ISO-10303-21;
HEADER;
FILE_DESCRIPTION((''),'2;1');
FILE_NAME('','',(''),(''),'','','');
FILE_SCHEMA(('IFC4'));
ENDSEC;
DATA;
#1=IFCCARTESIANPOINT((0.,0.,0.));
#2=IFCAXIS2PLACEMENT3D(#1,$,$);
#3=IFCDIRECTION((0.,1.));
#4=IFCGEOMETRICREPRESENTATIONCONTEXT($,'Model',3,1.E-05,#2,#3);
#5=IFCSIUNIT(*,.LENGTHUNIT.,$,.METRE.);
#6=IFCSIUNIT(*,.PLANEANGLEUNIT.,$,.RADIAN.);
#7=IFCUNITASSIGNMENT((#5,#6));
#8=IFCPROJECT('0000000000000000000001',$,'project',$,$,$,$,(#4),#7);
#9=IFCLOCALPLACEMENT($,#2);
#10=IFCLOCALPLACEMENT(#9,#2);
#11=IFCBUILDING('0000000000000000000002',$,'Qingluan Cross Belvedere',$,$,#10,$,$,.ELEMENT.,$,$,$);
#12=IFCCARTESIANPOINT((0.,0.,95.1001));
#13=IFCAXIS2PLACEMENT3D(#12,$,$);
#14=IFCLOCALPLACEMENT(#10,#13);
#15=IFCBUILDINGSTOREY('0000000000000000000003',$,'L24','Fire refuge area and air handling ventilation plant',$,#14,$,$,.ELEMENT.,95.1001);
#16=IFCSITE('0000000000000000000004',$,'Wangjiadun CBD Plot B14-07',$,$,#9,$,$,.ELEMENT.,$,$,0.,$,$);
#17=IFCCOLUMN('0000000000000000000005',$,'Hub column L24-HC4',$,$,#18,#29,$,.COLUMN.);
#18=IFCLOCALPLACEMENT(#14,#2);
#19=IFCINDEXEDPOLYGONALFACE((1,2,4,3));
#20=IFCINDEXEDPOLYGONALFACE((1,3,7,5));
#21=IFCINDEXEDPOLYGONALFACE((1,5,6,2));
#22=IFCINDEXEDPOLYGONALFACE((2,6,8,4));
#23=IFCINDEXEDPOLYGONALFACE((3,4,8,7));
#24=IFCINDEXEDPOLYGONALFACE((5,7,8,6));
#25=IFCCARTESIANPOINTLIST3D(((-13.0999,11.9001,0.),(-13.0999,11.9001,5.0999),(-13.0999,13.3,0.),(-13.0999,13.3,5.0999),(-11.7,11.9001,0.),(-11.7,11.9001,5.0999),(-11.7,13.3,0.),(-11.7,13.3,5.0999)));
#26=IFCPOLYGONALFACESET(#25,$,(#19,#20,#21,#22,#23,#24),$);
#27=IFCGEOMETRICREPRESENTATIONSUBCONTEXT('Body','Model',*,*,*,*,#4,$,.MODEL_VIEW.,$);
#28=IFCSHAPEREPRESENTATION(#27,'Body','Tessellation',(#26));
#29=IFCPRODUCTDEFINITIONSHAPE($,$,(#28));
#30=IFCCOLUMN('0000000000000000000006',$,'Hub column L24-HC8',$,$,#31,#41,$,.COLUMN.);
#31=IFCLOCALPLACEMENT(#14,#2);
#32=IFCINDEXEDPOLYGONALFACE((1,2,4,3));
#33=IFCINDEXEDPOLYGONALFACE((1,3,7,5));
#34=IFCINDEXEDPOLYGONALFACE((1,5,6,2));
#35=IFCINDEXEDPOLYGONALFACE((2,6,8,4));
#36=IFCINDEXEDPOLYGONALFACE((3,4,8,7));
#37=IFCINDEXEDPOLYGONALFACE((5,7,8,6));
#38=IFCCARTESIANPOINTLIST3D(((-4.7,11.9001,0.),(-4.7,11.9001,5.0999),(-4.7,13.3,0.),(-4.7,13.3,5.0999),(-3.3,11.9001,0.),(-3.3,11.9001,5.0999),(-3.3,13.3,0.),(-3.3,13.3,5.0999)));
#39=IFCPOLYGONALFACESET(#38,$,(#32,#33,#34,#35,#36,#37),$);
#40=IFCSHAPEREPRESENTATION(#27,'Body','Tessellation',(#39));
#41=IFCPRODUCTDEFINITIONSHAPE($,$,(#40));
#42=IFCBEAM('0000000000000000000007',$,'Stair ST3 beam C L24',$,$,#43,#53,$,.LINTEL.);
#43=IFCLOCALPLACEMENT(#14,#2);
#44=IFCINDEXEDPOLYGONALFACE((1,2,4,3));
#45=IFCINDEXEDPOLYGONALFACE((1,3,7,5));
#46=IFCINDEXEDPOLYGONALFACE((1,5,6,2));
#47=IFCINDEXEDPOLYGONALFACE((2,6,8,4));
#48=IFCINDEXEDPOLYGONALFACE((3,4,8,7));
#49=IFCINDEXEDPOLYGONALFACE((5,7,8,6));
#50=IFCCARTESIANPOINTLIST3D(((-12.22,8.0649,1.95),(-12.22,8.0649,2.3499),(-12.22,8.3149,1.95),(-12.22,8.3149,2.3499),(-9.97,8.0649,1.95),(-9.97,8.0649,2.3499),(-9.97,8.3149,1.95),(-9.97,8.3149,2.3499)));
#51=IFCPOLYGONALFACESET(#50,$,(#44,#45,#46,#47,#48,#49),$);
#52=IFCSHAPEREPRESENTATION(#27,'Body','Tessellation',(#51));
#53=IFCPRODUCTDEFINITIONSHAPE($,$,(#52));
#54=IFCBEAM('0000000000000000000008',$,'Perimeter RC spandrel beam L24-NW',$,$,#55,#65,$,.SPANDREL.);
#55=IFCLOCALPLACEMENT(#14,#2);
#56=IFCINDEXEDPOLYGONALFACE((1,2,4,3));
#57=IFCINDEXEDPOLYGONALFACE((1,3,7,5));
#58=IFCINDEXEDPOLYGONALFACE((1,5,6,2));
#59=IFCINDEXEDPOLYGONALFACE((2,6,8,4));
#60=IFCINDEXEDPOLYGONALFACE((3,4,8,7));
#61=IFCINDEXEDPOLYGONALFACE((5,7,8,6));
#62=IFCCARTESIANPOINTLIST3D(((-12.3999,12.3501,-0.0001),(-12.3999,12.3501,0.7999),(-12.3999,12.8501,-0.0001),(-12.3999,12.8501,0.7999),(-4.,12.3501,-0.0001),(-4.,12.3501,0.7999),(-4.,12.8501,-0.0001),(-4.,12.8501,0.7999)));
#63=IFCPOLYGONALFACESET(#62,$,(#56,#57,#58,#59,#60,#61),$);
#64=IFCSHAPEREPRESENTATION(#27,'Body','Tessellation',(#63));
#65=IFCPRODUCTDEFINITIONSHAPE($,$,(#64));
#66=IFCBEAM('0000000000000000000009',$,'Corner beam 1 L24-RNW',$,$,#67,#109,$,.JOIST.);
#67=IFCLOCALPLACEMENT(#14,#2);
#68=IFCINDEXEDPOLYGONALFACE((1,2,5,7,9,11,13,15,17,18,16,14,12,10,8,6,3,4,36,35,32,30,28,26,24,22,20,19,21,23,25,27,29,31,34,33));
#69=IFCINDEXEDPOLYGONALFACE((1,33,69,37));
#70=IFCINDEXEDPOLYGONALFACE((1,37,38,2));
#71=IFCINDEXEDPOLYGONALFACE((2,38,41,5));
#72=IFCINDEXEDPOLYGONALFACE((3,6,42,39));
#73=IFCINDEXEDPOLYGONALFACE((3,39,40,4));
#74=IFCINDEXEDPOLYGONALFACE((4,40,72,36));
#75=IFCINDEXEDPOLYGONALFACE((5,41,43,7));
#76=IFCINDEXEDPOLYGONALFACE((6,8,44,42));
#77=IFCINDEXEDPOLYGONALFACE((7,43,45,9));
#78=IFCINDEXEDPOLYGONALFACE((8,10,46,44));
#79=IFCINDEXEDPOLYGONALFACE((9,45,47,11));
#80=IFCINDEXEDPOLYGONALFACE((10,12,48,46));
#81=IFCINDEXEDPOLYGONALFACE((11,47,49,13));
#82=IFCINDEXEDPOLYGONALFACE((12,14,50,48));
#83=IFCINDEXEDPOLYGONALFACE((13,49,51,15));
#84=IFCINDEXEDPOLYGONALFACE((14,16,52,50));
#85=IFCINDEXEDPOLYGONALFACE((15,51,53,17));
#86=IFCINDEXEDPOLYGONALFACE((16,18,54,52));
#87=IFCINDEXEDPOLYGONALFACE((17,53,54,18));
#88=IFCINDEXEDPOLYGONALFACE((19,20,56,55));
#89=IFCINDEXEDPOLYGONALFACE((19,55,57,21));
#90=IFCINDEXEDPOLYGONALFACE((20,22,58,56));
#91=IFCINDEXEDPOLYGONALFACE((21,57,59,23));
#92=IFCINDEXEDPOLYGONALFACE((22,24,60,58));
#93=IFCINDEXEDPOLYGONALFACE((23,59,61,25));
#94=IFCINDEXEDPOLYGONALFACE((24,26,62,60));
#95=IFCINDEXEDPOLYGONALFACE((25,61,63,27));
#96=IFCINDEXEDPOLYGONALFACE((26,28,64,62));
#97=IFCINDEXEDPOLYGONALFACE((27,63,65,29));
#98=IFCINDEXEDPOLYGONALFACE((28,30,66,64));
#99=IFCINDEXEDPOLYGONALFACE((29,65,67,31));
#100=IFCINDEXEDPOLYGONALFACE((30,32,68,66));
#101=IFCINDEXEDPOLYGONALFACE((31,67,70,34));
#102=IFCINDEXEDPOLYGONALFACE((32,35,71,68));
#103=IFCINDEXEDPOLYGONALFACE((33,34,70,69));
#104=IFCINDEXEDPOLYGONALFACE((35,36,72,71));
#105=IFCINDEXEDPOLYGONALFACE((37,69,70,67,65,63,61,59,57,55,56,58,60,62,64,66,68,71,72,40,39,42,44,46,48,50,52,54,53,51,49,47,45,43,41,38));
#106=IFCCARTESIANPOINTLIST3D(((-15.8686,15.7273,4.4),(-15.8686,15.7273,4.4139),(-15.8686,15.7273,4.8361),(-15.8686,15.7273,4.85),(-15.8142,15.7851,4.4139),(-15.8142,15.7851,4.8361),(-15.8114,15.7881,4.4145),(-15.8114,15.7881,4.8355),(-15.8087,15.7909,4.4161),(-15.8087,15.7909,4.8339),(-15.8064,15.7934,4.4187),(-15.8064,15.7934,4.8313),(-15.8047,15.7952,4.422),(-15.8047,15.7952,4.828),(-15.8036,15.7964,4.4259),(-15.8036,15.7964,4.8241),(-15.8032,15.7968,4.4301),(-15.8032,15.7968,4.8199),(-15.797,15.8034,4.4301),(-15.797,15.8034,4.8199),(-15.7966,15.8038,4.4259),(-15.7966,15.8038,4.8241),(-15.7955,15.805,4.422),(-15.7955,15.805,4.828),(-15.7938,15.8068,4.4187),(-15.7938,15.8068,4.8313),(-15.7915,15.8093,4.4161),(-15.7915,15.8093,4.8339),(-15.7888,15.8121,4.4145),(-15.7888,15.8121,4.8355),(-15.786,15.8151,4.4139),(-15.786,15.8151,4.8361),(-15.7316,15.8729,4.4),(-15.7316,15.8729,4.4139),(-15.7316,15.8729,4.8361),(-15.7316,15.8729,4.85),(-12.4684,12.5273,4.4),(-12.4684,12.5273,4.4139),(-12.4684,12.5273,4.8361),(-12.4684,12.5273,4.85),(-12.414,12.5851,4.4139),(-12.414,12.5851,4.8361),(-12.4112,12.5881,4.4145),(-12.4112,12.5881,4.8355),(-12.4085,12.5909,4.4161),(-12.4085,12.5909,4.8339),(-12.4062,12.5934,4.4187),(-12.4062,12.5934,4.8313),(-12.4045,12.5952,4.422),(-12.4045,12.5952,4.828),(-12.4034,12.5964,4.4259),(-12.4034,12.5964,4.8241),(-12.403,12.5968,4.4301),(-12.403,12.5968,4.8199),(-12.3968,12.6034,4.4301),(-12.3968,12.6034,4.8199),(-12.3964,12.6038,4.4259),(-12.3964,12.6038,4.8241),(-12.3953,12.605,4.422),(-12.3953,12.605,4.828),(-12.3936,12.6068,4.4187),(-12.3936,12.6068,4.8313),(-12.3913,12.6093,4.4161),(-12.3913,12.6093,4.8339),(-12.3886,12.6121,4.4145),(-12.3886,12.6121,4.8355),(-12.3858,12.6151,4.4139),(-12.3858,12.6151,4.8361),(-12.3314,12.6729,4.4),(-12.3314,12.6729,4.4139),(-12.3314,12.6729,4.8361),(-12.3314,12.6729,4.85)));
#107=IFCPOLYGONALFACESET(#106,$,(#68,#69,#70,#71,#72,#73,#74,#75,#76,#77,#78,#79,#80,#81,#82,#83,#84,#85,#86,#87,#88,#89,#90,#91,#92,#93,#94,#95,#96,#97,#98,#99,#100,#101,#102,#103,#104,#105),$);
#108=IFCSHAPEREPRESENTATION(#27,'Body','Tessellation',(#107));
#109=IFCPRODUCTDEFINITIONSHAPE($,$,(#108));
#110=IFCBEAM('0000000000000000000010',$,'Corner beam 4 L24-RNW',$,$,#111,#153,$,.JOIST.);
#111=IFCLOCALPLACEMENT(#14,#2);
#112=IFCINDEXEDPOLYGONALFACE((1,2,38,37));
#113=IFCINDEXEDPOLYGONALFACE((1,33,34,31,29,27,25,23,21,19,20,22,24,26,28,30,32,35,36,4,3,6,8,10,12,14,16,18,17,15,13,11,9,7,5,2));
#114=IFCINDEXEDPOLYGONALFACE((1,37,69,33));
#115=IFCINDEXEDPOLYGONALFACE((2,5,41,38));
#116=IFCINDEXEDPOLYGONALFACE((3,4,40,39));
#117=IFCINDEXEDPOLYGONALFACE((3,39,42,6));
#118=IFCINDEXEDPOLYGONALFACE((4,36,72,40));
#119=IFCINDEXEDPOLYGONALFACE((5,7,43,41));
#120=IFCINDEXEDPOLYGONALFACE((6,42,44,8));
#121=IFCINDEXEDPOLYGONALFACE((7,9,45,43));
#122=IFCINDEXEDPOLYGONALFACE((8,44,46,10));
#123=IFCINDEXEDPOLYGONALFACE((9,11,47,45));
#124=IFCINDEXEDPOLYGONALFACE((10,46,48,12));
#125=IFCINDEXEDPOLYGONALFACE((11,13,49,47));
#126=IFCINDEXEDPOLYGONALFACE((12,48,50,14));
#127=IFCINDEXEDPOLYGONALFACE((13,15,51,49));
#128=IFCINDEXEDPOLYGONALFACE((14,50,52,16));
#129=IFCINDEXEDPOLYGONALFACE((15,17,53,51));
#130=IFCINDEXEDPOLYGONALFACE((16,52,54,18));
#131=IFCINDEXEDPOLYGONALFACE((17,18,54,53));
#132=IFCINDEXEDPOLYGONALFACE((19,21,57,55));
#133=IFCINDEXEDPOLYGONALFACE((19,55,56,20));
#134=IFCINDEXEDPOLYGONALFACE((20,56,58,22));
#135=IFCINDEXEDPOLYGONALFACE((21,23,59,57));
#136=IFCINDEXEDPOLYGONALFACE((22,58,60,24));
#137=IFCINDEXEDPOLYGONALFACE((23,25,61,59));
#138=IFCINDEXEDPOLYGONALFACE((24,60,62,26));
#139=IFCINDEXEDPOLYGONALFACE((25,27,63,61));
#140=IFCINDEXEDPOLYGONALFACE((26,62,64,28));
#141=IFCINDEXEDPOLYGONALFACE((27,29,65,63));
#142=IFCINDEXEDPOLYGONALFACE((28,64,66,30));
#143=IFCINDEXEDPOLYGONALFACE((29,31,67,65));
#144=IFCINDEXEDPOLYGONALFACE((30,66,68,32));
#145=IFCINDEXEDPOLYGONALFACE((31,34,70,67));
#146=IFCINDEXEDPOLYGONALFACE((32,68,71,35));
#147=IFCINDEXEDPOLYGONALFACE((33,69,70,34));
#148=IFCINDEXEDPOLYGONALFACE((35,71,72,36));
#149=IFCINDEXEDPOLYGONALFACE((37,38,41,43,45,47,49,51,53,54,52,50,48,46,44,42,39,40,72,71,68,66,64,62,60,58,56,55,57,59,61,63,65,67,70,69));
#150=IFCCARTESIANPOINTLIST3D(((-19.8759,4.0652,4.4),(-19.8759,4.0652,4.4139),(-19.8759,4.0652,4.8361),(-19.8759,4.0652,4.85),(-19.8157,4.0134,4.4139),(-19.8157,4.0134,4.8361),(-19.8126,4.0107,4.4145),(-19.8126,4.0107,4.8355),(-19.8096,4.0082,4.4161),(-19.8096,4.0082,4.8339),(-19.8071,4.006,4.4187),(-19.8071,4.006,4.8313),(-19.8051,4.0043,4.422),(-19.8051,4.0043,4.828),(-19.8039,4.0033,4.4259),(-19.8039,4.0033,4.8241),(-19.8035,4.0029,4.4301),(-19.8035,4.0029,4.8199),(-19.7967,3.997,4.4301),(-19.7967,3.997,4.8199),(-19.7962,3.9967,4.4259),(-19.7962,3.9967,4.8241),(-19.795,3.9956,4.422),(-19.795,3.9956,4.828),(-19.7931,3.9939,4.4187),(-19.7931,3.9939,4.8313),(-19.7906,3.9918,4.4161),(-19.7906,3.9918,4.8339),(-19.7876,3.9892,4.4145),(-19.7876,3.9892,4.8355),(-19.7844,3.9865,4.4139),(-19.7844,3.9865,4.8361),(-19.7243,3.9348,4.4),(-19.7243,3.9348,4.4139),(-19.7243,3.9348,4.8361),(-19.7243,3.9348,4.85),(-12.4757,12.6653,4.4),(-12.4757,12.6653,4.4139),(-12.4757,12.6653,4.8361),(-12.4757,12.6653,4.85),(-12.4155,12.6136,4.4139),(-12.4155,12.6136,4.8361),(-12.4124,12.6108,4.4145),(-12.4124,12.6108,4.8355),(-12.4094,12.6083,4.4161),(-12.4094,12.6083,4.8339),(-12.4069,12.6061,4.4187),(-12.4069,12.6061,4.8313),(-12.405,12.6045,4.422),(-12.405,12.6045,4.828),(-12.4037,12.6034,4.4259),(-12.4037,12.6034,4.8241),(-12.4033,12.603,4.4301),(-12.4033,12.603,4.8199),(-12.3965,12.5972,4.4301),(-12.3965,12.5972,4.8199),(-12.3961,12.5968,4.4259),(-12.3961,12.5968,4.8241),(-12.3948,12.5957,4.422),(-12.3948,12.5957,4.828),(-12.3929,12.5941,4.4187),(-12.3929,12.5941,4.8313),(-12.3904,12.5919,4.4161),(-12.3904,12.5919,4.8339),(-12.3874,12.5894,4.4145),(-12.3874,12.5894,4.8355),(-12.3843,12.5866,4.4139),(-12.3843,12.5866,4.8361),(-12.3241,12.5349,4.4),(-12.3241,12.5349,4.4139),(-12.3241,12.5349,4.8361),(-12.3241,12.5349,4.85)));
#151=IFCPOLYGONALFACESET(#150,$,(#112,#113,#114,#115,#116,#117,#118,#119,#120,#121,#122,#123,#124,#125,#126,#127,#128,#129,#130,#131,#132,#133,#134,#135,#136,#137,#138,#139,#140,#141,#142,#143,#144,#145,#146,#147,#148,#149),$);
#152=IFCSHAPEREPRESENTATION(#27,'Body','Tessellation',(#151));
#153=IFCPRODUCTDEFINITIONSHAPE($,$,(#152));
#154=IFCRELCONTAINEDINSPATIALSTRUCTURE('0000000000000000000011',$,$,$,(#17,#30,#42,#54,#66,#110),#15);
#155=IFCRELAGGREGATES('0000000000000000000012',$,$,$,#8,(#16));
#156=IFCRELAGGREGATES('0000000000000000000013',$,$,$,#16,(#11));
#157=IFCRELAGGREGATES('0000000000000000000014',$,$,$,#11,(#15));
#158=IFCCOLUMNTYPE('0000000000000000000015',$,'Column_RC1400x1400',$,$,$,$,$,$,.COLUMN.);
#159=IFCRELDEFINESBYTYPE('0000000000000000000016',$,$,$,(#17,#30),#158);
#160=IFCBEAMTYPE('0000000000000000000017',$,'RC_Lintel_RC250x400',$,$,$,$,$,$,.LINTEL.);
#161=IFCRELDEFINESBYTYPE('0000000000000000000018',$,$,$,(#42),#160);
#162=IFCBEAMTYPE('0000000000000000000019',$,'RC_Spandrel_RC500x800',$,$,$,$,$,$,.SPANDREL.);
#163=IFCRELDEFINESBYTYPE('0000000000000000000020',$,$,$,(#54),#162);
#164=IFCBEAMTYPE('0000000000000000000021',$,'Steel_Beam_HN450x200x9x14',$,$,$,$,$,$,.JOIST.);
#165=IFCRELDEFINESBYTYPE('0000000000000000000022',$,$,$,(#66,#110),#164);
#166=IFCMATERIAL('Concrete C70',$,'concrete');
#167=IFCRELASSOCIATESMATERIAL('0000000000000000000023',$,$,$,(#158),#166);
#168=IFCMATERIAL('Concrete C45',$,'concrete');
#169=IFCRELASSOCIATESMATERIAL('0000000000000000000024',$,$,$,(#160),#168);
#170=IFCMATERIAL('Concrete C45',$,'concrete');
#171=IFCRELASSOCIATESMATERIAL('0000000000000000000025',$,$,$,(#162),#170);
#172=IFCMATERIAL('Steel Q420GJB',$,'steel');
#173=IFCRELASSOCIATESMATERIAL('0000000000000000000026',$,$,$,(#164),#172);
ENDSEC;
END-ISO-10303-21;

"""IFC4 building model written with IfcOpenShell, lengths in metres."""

from ifc_helpers import new_model, si_unit, direction, frame, origin, origin_2d, place, context, subcontext, project, spatial, rectangle, i_section, extrude, material, material_profile, profile_set, type_object, element, save


model = new_model("IFC4")

# Units and contexts
model_context = context("Model", 3, precision=1e-05, world=origin(), true_north=direction((0.0, 1.0)))
body_context = subcontext(model_context, "Body", "Model", "MODEL_VIEW")
ifc_project = project(units=[si_unit("LENGTHUNIT", "METRE"), si_unit("PLANEANGLEUNIT", "RADIAN")], contexts=[model_context])

# Site, building, storey
site_placement = place(None, origin())
site = spatial("IfcSite", under=ifc_project, at=site_placement, Name="Wangjiadun CBD Plot B14-07", CompositionType="ELEMENT", RefElevation=0.0)
building_placement = place(site_placement, origin())
building = spatial("IfcBuilding", under=site, at=building_placement, Name="Qingluan Cross Belvedere", CompositionType="ELEMENT")
storey_placement = place(building_placement, frame((0.0, 0.0, 95.1001)))
storey = spatial("IfcBuildingStorey", under=building, at=storey_placement, Name="L24", Description="Fire refuge area and air handling ventilation plant", CompositionType="ELEMENT", Elevation=95.1001)

# Columns
ifc_material_1 = material(Name="Concrete C70", Category="concrete")
ifc_material_profile_1 = material_profile(ifc_material_1, rectangle(XDim=1.3999, YDim=1.3999, at=origin_2d()), Name="RC1400x1400")
ifc_profile_set_1 = profile_set([ifc_material_profile_1], Name="Concrete C70")
column_type = type_object("IfcColumnType", Name="Column_RC1400x1400", PredefinedType="COLUMN", material=ifc_profile_set_1)
for number, where, z_axis, x_axis, name in (
    (1, (-12.3999, 12.6001, 0.0), (0.0, 0.0, 1.0), (1.0, 0.0, 0.0), "Hub column L24-HC4"),
    (2, (-4.0, 12.6001, 0.0), (0.0, 0.0, 1.0), (1.0, 0.0, 0.0), "Hub column L24-HC8"),
):
    element("IfcColumn", number, at=place(storey_placement, frame(where, z_axis=z_axis, x_axis=x_axis)), inside=storey, type_object=column_type, Name=name, PredefinedType="COLUMN", context=body_context, shape_type="SweptSolid", body=[
        extrude(rectangle(XDim=1.3999, YDim=1.3999, at=origin_2d()), origin(), (0.0, 0.0, 1.0), 5.0999),
    ])

# Beams
ifc_material_2 = material(Name="Concrete C45", Category="concrete")
ifc_material_profile_2 = material_profile(ifc_material_2, rectangle(XDim=0.25, YDim=0.3999, at=origin_2d()), Name="RC250x400")
ifc_profile_set_2 = profile_set([ifc_material_profile_2], Name="Concrete C45")
beam_type_1 = type_object("IfcBeamType", Name="RC_Lintel_RC250x400", PredefinedType="LINTEL", material=ifc_profile_set_2)
beam_1_placement = place(storey_placement, frame((-12.22, 8.1899, 2.1499), z_axis=(1.0, 0.0, 0.0), x_axis=(0.0, 1.0, 0.0)))
element("IfcBeam", 3, at=beam_1_placement, inside=storey, type_object=beam_type_1, Name="Stair ST3 beam C L24", PredefinedType="LINTEL", context=body_context, shape_type="SweptSolid", body=[
    extrude(rectangle(XDim=0.25, YDim=0.3999, at=origin_2d()), origin(), (0.0, 0.0, 1.0), 2.25),
])
ifc_material_3 = material(Name="Concrete C45", Category="concrete")
ifc_material_profile_3 = material_profile(ifc_material_3, rectangle(XDim=0.5, YDim=0.8, at=origin_2d()), Name="RC500x800")
ifc_profile_set_3 = profile_set([ifc_material_profile_3], Name="Concrete C45")
beam_type_2 = type_object("IfcBeamType", Name="RC_Spandrel_RC500x800", PredefinedType="SPANDREL", material=ifc_profile_set_3)
beam_2_placement = place(storey_placement, frame((-12.3999, 12.6001, 0.3999), z_axis=(1.0, 0.0, 0.0), x_axis=(0.0, 1.0, 0.0)))
element("IfcBeam", 4, at=beam_2_placement, inside=storey, type_object=beam_type_2, Name="Perimeter RC spandrel beam L24-NW", PredefinedType="SPANDREL", context=body_context, shape_type="SweptSolid", body=[
    extrude(rectangle(XDim=0.5, YDim=0.8, at=origin_2d()), origin(), (0.0, 0.0, 1.0), 8.3999),
])
ifc_material_4 = material(Name="Steel Q420GJB", Category="steel")
ifc_material_profile_4 = material_profile(ifc_material_4, i_section(OverallWidth=0.2, OverallDepth=0.45, WebThickness=0.009, FlangeThickness=0.0139, FilletRadius=0.0161, at=origin_2d()), Name="HN450x200x9x14")
ifc_profile_set_4 = profile_set([ifc_material_profile_4], Name="Steel Q420GJB")
beam_type_3 = type_object("IfcBeamType", Name="Steel_Beam_HN450x200x9x14", PredefinedType="JOIST", material=ifc_profile_set_4)
beam_3_placement = place(storey_placement, frame((-12.3999, 12.6001, 4.625), z_axis=(-0.72822, 0.685343, 0.0), x_axis=(-0.685343, -0.72822, 0.0)))
element("IfcBeam", 5, at=beam_3_placement, inside=storey, type_object=beam_type_3, Name="Corner beam 1 L24-RNW", PredefinedType="JOIST", context=body_context, shape_type="SweptSolid", body=[
    extrude(i_section(OverallWidth=0.2, OverallDepth=0.45, WebThickness=0.009, FlangeThickness=0.0139, FilletRadius=0.0161, at=origin_2d()), origin(), (0.0, 0.0, 1.0), 4.6692),
])
beam_4_placement = place(storey_placement, frame((-12.3999, 12.6001, 4.625), z_axis=(-0.652245, -0.758008, 0.0), x_axis=(0.758008, -0.652245, 0.0)))
element("IfcBeam", 6, at=beam_4_placement, inside=storey, type_object=beam_type_3, Name="Corner beam 4 L24-RNW", PredefinedType="JOIST", context=body_context, shape_type="SweptSolid", body=[
    extrude(i_section(OverallWidth=0.2, OverallDepth=0.45, WebThickness=0.009, FlangeThickness=0.0139, FilletRadius=0.0161, at=origin_2d()), origin(), (0.0, 0.0, 1.0), 11.3457),
])

save(model, "model.ifc")
